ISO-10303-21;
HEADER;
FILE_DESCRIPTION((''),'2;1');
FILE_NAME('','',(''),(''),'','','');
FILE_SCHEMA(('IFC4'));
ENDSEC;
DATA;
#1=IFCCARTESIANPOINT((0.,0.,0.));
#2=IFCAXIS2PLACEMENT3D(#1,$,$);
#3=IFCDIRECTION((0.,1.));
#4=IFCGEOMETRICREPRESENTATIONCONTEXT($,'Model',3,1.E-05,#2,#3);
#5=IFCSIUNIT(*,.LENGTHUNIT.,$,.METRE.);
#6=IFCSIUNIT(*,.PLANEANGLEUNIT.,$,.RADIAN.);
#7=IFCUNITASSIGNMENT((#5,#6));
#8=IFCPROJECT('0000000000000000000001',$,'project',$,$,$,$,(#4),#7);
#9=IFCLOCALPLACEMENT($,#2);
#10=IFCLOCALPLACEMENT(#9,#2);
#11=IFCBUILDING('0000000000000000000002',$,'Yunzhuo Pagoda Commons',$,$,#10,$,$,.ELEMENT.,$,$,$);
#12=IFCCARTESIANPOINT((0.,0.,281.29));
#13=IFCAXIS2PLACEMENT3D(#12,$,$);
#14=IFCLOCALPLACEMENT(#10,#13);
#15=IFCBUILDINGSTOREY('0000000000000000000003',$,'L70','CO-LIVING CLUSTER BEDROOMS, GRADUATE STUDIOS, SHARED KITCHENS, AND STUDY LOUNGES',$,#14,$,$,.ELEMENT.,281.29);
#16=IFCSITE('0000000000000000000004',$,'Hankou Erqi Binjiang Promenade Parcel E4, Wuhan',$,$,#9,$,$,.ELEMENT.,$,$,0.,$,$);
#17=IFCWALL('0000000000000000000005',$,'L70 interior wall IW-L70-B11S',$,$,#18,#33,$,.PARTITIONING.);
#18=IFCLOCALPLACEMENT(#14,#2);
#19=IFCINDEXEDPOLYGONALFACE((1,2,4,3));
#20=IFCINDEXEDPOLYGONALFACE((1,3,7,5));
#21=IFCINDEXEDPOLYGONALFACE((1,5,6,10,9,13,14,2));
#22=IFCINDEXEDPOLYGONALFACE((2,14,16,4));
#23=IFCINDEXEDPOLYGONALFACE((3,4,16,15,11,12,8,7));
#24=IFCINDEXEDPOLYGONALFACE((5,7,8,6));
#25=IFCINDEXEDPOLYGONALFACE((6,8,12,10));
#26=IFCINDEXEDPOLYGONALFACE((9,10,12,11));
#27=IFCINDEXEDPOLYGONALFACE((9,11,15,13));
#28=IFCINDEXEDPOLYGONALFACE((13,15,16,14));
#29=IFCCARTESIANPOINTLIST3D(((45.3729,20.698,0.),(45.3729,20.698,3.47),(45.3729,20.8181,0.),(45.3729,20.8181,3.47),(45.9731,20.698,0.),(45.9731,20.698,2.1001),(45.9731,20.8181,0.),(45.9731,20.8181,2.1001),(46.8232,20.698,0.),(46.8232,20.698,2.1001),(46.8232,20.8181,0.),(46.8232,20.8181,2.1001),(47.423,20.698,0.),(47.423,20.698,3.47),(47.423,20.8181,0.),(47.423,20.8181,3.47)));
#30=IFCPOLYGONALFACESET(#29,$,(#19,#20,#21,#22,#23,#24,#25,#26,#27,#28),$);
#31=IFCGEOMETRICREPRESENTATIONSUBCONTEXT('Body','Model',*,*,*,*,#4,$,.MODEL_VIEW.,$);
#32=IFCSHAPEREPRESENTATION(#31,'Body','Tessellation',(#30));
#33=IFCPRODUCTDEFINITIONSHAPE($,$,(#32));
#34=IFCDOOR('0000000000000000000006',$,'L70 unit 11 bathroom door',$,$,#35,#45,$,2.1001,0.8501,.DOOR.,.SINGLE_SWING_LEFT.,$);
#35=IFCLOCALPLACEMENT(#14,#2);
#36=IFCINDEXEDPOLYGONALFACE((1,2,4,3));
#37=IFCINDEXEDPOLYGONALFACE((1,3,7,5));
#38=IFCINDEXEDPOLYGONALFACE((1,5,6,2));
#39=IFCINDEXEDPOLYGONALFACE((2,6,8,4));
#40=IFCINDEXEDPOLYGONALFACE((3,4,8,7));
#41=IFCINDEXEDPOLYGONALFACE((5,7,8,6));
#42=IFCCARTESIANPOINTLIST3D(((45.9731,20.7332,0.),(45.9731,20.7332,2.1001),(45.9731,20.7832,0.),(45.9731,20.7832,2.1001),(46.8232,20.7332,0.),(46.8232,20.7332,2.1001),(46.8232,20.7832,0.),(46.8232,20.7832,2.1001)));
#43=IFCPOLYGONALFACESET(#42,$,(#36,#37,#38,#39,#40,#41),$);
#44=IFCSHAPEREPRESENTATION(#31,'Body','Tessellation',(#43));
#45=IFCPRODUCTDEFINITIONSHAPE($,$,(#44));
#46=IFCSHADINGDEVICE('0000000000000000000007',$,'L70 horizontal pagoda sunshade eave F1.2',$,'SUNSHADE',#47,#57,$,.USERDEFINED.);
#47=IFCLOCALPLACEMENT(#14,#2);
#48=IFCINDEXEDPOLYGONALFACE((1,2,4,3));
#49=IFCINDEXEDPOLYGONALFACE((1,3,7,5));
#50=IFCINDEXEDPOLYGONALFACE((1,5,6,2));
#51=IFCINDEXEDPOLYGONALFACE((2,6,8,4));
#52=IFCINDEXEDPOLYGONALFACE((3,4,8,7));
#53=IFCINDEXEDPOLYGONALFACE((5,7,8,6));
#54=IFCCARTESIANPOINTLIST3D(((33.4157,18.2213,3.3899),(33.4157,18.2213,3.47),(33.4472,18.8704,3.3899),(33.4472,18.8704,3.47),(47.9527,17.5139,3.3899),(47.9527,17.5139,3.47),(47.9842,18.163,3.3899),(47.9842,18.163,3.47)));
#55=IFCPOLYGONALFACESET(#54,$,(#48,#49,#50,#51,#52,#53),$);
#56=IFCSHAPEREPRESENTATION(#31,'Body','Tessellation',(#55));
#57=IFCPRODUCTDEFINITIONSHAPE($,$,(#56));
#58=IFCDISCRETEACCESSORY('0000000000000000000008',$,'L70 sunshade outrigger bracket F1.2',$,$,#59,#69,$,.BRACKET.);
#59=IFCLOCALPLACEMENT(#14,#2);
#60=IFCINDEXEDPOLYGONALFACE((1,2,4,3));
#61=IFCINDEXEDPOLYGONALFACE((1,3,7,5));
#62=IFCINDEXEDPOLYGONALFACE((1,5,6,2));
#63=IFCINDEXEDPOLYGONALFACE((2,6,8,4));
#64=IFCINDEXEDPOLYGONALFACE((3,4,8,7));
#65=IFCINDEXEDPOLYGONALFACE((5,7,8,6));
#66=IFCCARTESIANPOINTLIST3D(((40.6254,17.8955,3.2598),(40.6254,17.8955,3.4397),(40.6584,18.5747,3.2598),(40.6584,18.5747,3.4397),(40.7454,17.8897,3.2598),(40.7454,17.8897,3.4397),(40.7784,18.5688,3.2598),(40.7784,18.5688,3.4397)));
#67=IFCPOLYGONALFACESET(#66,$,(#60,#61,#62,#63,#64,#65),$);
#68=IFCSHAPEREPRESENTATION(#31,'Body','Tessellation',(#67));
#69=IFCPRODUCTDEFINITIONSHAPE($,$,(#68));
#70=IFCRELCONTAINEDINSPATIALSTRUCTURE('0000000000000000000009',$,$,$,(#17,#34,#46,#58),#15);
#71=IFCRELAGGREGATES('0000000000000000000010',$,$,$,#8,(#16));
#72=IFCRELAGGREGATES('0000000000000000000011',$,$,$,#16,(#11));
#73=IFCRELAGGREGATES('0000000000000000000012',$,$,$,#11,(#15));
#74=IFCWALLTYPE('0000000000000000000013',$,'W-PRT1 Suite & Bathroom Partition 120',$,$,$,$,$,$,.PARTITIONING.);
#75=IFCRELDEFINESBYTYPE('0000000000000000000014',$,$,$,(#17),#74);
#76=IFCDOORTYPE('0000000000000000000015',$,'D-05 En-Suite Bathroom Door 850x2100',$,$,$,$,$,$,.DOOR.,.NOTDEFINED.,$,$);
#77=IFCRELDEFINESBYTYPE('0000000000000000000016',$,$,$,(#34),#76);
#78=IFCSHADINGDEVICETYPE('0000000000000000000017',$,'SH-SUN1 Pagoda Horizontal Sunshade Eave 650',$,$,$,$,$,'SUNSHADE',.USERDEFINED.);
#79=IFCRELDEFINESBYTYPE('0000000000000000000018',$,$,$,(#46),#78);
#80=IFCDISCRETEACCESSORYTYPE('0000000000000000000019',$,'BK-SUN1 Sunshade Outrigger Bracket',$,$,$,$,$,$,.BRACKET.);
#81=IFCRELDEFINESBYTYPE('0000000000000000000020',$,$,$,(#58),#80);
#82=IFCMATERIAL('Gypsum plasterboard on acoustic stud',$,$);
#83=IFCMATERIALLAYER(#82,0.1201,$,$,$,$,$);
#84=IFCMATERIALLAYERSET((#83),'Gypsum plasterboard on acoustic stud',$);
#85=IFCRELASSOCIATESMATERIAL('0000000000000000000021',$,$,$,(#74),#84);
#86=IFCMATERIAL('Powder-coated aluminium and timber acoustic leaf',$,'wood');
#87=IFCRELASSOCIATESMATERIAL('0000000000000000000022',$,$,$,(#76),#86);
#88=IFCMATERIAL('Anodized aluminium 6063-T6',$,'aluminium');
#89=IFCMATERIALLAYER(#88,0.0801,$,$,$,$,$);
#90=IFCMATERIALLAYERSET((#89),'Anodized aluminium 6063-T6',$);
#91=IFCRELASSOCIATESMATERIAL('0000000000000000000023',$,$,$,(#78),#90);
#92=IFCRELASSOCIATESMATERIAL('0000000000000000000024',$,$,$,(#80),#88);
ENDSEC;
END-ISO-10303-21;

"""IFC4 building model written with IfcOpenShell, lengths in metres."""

from ifc_helpers import new_model, si_unit, direction, frame, frame_2d, origin, origin_2d, place, context, subcontext, project, spatial, rectangle, extrude, source, transform, mapped, material, layer, layer_set, type_object, element, fill, save


model = new_model("IFC4")

# Units and contexts
model_context = context("Model", 3, precision=1e-05, world=origin(), true_north=direction((0.0, 1.0)))
body_context = subcontext(model_context, "Body", "Model", "MODEL_VIEW")
ifc_project = project(units=[si_unit("LENGTHUNIT", "METRE"), si_unit("PLANEANGLEUNIT", "RADIAN")], contexts=[model_context])

# Site, building, storey
site_placement = place(None, origin())
site = spatial("IfcSite", under=ifc_project, at=site_placement, Name="Hankou Erqi Binjiang Promenade Parcel E4, Wuhan", CompositionType="ELEMENT", RefElevation=0.0)
building_placement = place(site_placement, origin())
building = spatial("IfcBuilding", under=site, at=building_placement, Name="Yunzhuo Pagoda Commons", CompositionType="ELEMENT")
storey_placement = place(building_placement, frame((0.0, 0.0, 281.29)))
storey = spatial("IfcBuildingStorey", under=building, at=storey_placement, Name="L70", Description="CO-LIVING CLUSTER BEDROOMS, GRADUATE STUDIOS, SHARED KITCHENS, AND STUDY LOUNGES", CompositionType="ELEMENT", Elevation=281.29)

# Shared definitions
ifc_material_1 = material(Name="Anodized aluminium 6063-T6", Category="aluminium")

# Shared definitions
ifc_material_2 = material(Name="Gypsum plasterboard on acoustic stud")
ifc_layer_1 = layer(ifc_material_2, 0.1201)
ifc_layer_set_1 = layer_set([ifc_layer_1], Name="Gypsum plasterboard on acoustic stud")
wall_type = type_object("IfcWallType", Name="W-PRT1 Suite & Bathroom Partition 120", PredefinedType="PARTITIONING", material=ifc_layer_set_1)

# Shared definitions
ifc_material_3 = material(Name="Powder-coated aluminium and timber acoustic leaf", Category="wood")
door_type = type_object("IfcDoorType", Name="D-05 En-Suite Bathroom Door 850x2100", OperationType="NOTDEFINED", PredefinedType="DOOR", material=ifc_material_3)
shared_shape_1 = source(origin(), body_context, "Body", "SweptSolid", [
    extrude(rectangle(XDim=0.8501, YDim=2.1001, at=frame_2d((0.425, 1.05))), frame((0.0, 0.0249, 0.0), z_axis=(0.0, -1.0, 0.0), x_axis=(1.0, 0.0, 0.0)), (0.0, 0.0, 1.0), 0.05),
])

# Wall, opening, door
wall_1_placement = place(storey_placement, frame((45.373, 20.7581, 0.0), z_axis=(0.0, 0.0, 1.0), x_axis=(1.0, 0.0, 0.0)))
wall_1 = element("IfcWall", 1, at=wall_1_placement, inside=storey, type_object=wall_type, Name="L70 interior wall IW-L70-B11S", PredefinedType="PARTITIONING", context=body_context, shape_type="SweptSolid", body=[
    extrude(rectangle(XDim=2.05, YDim=0.1201, at=frame_2d((1.0249, 0.0))), origin(), (0.0, 0.0, 1.0), 3.47),
])
opening_1_placement = place(wall_1_placement, frame((0.6001, 0.0, 0.0)))
opening_1 = element("IfcOpeningElement", 2, at=opening_1_placement, cuts=wall_1, PredefinedType="OPENING", context=body_context, shape_type="SweptSolid", body=[
    extrude(rectangle(XDim=0.8501, YDim=2.1001, at=frame_2d((0.425, 1.05))), frame((0.0, 0.0701, 0.0), z_axis=(0.0, -1.0, 0.0), x_axis=(1.0, 0.0, 0.0)), (0.0, 0.0, 1.0), 0.1401),
])
door_1_placement = place(opening_1_placement, frame((0.8501, 0.0, 0.0), z_axis=(0.0, 0.0, 1.0), x_axis=(-1.0, 0.0, 0.0)))
door_1 = element("IfcDoor", 3, at=door_1_placement, inside=storey, type_object=door_type, Name="L70 unit 11 bathroom door", OperationType="SINGLE_SWING_LEFT", OverallHeight=2.1001, OverallWidth=0.8501, PredefinedType="DOOR", context=body_context, shape_type="MappedRepresentation", body=[
    mapped(shared_shape_1, transform((0.0, 0.0, 0.0), scale=1.0)),
])
fill(opening_1, door_1)

# Shading device
ifc_layer_2 = layer(ifc_material_1, 0.0801)
ifc_layer_set_2 = layer_set([ifc_layer_2], Name="Anodized aluminium 6063-T6")
shading_device_type = type_object("IfcShadingDeviceType", Name="SH-SUN1 Pagoda Horizontal Sunshade Eave 650", ElementType="SUNSHADE", PredefinedType="USERDEFINED", material=ifc_layer_set_2)
shared_shape_2 = source(origin(), body_context, "Body", "SweptSolid", [
    extrude(rectangle(XDim=14.5542, YDim=0.6499, at=origin_2d()), origin(), (0.0, 0.0, 1.0), 0.0801),
])
shading_device_placement = place(storey_placement, frame((40.7, 18.1921, 3.3899), z_axis=(0.0, 0.0, 1.0), x_axis=(0.998818, -0.048606, 0.0)))
element("IfcShadingDevice", 4, at=shading_device_placement, inside=storey, type_object=shading_device_type, Name="L70 horizontal pagoda sunshade eave F1.2", ObjectType="SUNSHADE", PredefinedType="USERDEFINED", context=body_context, shape_type="MappedRepresentation", body=[
    mapped(shared_shape_2, transform((0.0, 0.0, 0.0), scale=1.0)),
])

# Discrete accessory
discrete_accessory_type = type_object("IfcDiscreteAccessoryType", Name="BK-SUN1 Sunshade Outrigger Bracket", PredefinedType="BRACKET", material=ifc_material_1)
shared_shape_3 = source(origin(), body_context, "Body", "SweptSolid", [
    extrude(rectangle(XDim=0.1201, YDim=0.6799, at=origin_2d()), origin(), (0.0, 0.0, 1.0), 0.1799),
])
discrete_accessory_placement = place(storey_placement, frame((40.7019, 18.2322, 3.2598), z_axis=(0.0, 0.0, 1.0), x_axis=(0.998818, -0.048606, 0.0)))
element("IfcDiscreteAccessory", 5, at=discrete_accessory_placement, inside=storey, type_object=discrete_accessory_type, Name="L70 sunshade outrigger bracket F1.2", PredefinedType="BRACKET", context=body_context, shape_type="MappedRepresentation", body=[
    mapped(shared_shape_3, transform((0.0, 0.0, 0.0), scale=1.0)),
])

save(model, "model.ifc")
